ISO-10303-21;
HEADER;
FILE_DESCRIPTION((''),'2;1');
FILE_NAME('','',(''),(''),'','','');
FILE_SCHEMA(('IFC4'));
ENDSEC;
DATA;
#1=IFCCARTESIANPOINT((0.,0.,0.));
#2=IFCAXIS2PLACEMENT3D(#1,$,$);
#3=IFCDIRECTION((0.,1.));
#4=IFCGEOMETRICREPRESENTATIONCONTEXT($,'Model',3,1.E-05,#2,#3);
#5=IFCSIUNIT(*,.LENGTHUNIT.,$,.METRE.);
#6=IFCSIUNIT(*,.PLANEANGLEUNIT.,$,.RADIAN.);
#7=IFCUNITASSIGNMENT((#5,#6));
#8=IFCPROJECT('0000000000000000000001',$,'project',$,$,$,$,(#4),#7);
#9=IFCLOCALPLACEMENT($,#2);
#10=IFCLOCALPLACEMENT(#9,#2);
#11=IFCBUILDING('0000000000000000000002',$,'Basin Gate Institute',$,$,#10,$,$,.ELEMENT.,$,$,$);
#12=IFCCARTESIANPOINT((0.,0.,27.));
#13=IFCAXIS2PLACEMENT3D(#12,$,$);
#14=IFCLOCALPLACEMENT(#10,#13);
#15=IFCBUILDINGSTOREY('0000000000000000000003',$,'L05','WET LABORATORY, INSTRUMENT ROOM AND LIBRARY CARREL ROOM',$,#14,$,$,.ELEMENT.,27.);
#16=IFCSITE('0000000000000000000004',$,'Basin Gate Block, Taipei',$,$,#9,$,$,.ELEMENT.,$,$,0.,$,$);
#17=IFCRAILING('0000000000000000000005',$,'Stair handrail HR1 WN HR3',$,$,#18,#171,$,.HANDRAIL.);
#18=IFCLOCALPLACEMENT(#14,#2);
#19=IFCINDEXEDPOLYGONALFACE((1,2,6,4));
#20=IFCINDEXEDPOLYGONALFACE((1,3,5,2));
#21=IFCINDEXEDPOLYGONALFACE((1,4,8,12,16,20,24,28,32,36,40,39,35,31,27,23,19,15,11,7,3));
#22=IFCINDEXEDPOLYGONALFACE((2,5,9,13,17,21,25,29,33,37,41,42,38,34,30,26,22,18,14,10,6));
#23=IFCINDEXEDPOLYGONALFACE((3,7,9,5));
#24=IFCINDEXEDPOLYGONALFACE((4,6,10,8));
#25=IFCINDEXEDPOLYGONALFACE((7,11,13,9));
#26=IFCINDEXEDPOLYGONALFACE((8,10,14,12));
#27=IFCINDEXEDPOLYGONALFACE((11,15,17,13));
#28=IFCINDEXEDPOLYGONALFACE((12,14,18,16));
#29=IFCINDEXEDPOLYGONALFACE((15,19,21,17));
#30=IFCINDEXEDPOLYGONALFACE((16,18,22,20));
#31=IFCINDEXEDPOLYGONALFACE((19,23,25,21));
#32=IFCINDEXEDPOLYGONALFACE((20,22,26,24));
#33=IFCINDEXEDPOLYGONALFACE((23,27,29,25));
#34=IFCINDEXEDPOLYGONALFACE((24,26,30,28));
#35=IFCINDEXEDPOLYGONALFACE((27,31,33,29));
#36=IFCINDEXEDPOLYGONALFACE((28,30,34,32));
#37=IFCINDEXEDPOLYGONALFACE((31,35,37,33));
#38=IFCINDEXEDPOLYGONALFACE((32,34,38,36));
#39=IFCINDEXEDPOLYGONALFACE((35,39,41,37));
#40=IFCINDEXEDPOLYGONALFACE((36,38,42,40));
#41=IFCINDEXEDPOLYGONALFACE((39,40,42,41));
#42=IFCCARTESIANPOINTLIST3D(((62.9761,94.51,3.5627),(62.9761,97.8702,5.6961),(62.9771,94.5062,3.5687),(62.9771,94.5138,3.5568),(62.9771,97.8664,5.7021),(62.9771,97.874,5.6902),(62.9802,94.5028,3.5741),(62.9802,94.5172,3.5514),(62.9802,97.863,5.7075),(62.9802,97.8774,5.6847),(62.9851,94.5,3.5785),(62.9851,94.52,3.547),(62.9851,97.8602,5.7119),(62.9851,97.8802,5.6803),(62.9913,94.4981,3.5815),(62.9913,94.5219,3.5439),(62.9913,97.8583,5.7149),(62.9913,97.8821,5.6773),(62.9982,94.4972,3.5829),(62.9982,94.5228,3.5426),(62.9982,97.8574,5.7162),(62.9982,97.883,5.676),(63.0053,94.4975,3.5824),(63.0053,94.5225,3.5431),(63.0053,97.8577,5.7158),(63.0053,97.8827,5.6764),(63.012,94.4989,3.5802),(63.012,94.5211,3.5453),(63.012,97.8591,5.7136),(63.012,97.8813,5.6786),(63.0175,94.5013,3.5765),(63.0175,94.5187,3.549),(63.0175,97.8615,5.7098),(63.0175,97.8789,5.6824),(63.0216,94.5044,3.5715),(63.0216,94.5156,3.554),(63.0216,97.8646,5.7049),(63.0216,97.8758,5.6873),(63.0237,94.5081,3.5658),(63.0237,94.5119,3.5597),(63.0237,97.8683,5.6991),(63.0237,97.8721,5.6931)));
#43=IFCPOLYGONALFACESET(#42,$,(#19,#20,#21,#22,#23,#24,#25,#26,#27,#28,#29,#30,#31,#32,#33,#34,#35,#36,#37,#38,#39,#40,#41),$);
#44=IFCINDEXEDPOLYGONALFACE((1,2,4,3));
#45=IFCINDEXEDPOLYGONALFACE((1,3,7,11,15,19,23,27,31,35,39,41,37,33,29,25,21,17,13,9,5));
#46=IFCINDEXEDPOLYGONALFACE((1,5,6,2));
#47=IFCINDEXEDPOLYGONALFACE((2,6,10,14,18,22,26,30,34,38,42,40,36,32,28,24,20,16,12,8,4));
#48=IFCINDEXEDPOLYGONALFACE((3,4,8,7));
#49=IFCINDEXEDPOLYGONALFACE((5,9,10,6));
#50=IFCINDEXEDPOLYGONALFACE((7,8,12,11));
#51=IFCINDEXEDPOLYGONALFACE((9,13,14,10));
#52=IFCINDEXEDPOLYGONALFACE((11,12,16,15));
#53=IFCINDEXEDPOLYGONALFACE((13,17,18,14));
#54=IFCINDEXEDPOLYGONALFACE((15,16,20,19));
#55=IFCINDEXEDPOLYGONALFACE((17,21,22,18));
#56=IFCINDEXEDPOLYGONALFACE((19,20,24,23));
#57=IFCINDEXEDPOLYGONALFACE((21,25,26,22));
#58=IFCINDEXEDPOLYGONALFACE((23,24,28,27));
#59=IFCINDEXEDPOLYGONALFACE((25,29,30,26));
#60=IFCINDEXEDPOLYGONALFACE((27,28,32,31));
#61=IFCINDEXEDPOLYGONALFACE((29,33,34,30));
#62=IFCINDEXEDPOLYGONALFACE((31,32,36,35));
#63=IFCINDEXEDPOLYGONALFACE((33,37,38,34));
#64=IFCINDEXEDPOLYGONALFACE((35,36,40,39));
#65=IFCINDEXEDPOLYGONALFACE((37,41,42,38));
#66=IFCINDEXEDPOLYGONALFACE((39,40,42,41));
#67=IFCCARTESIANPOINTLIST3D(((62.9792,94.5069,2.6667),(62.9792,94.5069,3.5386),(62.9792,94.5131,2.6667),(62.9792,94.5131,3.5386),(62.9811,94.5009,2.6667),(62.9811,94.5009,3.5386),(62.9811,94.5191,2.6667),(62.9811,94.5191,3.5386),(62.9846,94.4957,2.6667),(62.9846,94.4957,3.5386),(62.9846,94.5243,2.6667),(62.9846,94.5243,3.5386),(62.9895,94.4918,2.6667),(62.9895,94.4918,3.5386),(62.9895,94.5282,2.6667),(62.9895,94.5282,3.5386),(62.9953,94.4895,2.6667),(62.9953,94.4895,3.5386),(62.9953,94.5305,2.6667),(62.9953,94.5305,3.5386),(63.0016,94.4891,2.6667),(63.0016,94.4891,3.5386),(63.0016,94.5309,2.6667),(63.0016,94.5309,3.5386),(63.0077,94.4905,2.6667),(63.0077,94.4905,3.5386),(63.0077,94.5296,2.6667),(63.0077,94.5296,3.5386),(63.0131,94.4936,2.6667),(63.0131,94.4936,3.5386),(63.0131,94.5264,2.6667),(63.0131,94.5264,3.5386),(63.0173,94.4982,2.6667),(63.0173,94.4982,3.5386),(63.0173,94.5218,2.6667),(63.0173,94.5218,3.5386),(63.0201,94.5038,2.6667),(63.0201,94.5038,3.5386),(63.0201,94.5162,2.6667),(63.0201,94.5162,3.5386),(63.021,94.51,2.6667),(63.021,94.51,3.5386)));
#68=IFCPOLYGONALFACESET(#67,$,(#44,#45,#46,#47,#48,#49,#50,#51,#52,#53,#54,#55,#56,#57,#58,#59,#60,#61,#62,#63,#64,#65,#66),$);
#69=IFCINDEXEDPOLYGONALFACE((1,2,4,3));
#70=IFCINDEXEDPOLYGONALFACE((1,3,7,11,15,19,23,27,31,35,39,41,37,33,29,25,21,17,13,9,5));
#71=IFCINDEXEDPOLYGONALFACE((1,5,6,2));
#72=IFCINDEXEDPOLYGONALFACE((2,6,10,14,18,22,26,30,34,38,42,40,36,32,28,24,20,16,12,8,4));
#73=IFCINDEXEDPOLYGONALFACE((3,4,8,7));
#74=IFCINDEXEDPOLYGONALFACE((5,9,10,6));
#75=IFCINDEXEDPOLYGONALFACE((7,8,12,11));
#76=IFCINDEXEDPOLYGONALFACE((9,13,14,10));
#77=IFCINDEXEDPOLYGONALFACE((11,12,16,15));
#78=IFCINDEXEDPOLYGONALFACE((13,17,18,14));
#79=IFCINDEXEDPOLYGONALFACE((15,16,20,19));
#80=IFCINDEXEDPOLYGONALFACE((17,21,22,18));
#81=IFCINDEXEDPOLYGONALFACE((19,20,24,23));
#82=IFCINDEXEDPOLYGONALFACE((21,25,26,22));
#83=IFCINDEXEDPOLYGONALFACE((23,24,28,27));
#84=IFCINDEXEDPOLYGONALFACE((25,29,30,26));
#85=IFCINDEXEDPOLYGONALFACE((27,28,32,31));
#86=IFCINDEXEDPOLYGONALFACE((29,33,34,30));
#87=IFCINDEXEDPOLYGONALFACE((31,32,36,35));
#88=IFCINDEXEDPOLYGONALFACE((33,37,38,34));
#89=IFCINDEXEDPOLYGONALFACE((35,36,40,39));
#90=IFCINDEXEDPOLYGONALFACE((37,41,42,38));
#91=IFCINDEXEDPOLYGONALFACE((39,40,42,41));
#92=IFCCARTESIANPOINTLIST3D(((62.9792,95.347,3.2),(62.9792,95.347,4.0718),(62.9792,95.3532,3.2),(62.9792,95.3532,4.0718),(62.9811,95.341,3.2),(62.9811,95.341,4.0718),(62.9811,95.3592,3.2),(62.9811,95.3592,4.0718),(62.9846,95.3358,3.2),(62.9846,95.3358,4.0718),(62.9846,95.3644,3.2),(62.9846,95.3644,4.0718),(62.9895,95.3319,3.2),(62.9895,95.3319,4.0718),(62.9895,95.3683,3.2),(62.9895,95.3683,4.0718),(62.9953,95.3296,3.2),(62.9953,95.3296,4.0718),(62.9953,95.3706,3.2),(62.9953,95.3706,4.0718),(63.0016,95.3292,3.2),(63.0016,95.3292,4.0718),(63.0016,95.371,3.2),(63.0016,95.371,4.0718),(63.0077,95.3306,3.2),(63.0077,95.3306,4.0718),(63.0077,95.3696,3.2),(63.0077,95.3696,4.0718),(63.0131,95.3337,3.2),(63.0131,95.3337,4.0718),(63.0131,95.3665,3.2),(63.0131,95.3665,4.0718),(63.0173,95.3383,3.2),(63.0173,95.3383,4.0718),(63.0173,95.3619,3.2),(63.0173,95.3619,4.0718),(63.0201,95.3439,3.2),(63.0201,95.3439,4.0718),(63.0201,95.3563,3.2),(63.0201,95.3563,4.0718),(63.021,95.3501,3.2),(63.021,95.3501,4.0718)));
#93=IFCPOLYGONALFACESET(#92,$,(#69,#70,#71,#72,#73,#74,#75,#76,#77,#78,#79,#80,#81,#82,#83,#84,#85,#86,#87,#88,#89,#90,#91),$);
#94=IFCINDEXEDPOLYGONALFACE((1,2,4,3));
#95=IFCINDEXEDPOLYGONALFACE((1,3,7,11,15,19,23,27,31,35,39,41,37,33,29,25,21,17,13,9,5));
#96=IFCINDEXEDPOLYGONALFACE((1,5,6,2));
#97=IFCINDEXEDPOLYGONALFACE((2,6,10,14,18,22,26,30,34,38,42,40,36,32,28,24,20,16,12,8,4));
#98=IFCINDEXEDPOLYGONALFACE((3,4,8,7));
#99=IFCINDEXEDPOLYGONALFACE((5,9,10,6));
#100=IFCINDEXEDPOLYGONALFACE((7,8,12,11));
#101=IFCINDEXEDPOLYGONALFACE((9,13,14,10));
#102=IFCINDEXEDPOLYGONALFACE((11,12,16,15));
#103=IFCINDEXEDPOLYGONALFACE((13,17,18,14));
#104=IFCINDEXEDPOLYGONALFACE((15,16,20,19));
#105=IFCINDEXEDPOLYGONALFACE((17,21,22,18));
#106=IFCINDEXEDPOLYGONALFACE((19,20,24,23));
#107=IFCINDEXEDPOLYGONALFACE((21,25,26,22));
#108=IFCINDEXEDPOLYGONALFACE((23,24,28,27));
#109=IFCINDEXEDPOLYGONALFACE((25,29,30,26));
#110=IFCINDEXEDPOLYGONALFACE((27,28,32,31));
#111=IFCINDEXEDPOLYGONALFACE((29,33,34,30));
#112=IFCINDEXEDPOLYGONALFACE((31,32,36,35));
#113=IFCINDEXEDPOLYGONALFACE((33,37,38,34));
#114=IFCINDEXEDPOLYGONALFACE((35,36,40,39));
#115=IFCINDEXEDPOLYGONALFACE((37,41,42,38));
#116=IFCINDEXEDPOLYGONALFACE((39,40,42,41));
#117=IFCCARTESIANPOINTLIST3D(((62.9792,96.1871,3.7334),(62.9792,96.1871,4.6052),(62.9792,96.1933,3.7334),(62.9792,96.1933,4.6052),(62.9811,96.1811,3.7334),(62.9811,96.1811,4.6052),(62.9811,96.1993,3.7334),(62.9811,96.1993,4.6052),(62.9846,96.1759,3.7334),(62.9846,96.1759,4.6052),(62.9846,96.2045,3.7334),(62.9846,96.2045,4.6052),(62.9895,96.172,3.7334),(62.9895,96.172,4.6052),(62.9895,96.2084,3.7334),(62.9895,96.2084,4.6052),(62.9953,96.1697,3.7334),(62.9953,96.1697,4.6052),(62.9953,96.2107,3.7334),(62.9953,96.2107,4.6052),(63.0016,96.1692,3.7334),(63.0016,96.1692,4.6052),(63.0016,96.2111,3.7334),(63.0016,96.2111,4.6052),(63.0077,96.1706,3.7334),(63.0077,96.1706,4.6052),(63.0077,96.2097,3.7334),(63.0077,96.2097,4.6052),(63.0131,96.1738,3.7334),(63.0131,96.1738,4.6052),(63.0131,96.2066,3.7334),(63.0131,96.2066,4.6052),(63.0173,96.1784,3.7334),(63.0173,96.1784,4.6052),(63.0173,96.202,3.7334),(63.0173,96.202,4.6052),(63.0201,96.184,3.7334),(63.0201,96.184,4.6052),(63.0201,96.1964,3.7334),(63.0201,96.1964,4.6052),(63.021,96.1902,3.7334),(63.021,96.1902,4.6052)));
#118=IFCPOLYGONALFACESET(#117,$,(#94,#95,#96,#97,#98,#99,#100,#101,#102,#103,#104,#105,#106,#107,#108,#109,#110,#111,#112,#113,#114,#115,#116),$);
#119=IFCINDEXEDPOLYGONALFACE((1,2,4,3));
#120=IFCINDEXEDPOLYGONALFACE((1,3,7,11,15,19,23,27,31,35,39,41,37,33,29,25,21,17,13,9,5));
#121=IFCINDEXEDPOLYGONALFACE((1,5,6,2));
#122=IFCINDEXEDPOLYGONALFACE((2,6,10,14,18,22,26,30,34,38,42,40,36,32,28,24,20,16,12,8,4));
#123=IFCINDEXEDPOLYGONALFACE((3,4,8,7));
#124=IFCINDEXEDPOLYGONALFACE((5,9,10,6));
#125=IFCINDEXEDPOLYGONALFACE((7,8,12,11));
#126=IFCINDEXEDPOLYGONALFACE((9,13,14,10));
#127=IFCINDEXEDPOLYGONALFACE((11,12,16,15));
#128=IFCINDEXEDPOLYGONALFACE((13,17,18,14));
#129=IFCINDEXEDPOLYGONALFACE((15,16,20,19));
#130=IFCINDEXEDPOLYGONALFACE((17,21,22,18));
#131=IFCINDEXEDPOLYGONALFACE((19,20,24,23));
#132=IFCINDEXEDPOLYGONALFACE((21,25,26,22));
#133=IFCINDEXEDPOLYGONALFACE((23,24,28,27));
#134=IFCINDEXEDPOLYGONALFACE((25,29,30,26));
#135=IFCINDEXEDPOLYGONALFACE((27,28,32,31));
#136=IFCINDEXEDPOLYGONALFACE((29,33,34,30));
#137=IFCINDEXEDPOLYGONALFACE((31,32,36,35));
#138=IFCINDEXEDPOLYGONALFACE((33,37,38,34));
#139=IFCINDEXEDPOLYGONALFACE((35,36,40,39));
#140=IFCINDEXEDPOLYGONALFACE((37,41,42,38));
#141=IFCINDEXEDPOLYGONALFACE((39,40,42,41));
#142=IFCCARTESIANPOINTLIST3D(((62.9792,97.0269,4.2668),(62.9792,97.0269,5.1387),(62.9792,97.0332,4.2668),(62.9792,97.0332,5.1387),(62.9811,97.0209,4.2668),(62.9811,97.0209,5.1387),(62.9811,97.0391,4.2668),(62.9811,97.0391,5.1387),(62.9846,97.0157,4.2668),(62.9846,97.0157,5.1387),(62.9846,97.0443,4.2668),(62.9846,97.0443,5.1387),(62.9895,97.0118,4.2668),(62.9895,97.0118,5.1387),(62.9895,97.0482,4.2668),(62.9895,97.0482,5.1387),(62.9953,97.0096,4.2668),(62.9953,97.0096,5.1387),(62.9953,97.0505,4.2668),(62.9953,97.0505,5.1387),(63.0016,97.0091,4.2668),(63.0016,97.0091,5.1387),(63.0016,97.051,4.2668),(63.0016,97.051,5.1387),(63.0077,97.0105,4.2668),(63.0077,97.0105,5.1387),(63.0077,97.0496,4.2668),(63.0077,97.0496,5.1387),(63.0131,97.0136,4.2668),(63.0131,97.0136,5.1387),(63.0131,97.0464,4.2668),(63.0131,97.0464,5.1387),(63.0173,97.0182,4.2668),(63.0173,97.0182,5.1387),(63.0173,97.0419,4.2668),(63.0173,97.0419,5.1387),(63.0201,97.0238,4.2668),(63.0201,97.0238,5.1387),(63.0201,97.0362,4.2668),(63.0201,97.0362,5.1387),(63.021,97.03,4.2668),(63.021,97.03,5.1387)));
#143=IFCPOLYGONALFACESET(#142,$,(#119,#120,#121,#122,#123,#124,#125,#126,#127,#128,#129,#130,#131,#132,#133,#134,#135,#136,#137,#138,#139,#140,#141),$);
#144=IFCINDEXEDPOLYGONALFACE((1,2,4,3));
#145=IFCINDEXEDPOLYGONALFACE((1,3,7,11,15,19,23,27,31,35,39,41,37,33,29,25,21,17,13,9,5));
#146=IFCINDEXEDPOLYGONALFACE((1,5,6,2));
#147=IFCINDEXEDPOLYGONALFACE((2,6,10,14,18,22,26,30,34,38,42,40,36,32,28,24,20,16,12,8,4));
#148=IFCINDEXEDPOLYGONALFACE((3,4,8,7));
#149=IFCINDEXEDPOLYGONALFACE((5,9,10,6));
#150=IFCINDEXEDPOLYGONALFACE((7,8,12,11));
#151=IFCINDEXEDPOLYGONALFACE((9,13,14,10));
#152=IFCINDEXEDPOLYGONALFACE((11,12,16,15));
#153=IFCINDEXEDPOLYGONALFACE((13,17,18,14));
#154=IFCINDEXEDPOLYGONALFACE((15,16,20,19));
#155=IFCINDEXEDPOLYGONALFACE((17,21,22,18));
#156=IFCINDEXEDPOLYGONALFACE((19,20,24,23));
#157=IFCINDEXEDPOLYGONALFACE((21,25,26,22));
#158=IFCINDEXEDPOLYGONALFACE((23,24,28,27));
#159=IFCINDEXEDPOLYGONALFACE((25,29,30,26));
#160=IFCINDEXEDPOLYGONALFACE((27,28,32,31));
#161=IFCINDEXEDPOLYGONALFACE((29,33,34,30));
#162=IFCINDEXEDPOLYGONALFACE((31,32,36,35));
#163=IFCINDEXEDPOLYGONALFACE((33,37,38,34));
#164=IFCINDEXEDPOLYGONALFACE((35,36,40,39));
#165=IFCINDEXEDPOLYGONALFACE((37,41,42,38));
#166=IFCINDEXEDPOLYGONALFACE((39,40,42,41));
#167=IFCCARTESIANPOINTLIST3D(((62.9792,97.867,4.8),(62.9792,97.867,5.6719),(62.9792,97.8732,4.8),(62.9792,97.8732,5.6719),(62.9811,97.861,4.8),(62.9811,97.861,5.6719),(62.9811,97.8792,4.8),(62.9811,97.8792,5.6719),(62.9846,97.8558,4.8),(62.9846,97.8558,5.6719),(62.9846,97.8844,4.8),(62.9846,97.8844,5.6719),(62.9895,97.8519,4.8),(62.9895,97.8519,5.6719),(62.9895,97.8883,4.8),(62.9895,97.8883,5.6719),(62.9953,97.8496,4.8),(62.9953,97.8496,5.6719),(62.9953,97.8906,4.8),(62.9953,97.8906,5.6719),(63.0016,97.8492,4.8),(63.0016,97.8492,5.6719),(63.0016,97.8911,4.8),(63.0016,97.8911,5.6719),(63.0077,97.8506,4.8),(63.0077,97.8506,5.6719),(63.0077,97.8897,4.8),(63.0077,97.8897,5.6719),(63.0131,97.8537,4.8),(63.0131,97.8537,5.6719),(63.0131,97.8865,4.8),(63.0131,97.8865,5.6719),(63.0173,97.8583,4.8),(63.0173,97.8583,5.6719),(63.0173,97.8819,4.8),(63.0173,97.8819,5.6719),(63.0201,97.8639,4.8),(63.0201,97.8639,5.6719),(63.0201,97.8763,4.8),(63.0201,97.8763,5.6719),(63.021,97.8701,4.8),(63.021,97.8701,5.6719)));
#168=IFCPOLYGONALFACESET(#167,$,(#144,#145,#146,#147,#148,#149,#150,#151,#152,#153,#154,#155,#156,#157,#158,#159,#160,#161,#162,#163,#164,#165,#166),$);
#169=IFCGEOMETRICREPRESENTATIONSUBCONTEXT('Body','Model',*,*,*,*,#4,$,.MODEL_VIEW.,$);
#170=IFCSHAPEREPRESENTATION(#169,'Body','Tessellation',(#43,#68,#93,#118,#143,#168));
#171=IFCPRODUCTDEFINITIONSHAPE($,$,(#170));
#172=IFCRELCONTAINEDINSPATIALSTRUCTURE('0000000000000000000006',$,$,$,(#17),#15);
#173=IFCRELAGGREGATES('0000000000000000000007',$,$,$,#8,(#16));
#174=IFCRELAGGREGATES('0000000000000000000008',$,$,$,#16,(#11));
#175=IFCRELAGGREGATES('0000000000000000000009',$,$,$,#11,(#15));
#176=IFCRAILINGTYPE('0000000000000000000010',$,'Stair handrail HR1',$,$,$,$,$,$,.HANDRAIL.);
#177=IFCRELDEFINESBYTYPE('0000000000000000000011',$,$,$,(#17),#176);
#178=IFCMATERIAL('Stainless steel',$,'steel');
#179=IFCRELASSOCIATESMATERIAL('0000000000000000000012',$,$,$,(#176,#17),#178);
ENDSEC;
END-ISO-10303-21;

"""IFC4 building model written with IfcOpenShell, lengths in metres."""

from ifc_helpers import new_model, si_unit, direction, frame, origin, origin_2d, place, context, subcontext, project, spatial, circle, extrude, material, type_object, element, save


model = new_model("IFC4")

# Units and contexts
model_context = context("Model", 3, precision=1e-05, world=origin(), true_north=direction((0.0, 1.0)))
body_context = subcontext(model_context, "Body", "Model", "MODEL_VIEW")
ifc_project = project(units=[si_unit("LENGTHUNIT", "METRE"), si_unit("PLANEANGLEUNIT", "RADIAN")], contexts=[model_context])

# Site, building, storey
site_placement = place(None, origin())
site = spatial("IfcSite", under=ifc_project, at=site_placement, Name="Basin Gate Block, Taipei", CompositionType="ELEMENT", RefElevation=0.0)
building_placement = place(site_placement, origin())
building = spatial("IfcBuilding", under=site, at=building_placement, Name="Basin Gate Institute", CompositionType="ELEMENT")
storey_placement = place(building_placement, frame((0.0, 0.0, 27.0)))
storey = spatial("IfcBuildingStorey", under=building, at=storey_placement, Name="L05", Description="WET LABORATORY, INSTRUMENT ROOM AND LIBRARY CARREL ROOM", CompositionType="ELEMENT", Elevation=27.0)

# Railing
ifc_material_1 = material(Name="Stainless steel", Category="steel")
railing_type_1 = type_object("IfcRailingType", Name="Stair handrail HR1", PredefinedType="HANDRAIL", material=ifc_material_1)
railing_1_placement = place(storey_placement, frame((63.0, 94.51, 2.6667)))
element("IfcRailing", 1, at=railing_1_placement, inside=storey, type_object=railing_type_1, material=ifc_material_1, Name="Stair handrail HR1 WN HR3", PredefinedType="HANDRAIL", context=body_context, shape_type="SweptSolid", body=[
    extrude(circle(Radius=0.0239, at=origin_2d()), frame((0.0, 0.0, 0.896), z_axis=(0.0, 0.844224, 0.53599), x_axis=(-1.0, 0.0, 0.0)), (0.0, 0.0, 1.0), 3.9802),
    extrude(circle(Radius=0.021, at=origin_2d()), origin(), (0.0, 0.0, 1.0), 0.8718),
    extrude(circle(Radius=0.021, at=origin_2d()), frame((0.0, 0.8401, 0.5332)), (0.0, 0.0, 1.0), 0.8718),
    extrude(circle(Radius=0.021, at=origin_2d()), frame((0.0, 1.6802, 1.0667)), (0.0, 0.0, 1.0), 0.8718),
    extrude(circle(Radius=0.021, at=origin_2d()), frame((0.0, 2.52, 1.6001)), (0.0, 0.0, 1.0), 0.8718),
    extrude(circle(Radius=0.021, at=origin_2d()), frame((0.0, 3.3601, 2.1333)), (0.0, 0.0, 1.0), 0.8718),
])

save(model, "model.ifc")
